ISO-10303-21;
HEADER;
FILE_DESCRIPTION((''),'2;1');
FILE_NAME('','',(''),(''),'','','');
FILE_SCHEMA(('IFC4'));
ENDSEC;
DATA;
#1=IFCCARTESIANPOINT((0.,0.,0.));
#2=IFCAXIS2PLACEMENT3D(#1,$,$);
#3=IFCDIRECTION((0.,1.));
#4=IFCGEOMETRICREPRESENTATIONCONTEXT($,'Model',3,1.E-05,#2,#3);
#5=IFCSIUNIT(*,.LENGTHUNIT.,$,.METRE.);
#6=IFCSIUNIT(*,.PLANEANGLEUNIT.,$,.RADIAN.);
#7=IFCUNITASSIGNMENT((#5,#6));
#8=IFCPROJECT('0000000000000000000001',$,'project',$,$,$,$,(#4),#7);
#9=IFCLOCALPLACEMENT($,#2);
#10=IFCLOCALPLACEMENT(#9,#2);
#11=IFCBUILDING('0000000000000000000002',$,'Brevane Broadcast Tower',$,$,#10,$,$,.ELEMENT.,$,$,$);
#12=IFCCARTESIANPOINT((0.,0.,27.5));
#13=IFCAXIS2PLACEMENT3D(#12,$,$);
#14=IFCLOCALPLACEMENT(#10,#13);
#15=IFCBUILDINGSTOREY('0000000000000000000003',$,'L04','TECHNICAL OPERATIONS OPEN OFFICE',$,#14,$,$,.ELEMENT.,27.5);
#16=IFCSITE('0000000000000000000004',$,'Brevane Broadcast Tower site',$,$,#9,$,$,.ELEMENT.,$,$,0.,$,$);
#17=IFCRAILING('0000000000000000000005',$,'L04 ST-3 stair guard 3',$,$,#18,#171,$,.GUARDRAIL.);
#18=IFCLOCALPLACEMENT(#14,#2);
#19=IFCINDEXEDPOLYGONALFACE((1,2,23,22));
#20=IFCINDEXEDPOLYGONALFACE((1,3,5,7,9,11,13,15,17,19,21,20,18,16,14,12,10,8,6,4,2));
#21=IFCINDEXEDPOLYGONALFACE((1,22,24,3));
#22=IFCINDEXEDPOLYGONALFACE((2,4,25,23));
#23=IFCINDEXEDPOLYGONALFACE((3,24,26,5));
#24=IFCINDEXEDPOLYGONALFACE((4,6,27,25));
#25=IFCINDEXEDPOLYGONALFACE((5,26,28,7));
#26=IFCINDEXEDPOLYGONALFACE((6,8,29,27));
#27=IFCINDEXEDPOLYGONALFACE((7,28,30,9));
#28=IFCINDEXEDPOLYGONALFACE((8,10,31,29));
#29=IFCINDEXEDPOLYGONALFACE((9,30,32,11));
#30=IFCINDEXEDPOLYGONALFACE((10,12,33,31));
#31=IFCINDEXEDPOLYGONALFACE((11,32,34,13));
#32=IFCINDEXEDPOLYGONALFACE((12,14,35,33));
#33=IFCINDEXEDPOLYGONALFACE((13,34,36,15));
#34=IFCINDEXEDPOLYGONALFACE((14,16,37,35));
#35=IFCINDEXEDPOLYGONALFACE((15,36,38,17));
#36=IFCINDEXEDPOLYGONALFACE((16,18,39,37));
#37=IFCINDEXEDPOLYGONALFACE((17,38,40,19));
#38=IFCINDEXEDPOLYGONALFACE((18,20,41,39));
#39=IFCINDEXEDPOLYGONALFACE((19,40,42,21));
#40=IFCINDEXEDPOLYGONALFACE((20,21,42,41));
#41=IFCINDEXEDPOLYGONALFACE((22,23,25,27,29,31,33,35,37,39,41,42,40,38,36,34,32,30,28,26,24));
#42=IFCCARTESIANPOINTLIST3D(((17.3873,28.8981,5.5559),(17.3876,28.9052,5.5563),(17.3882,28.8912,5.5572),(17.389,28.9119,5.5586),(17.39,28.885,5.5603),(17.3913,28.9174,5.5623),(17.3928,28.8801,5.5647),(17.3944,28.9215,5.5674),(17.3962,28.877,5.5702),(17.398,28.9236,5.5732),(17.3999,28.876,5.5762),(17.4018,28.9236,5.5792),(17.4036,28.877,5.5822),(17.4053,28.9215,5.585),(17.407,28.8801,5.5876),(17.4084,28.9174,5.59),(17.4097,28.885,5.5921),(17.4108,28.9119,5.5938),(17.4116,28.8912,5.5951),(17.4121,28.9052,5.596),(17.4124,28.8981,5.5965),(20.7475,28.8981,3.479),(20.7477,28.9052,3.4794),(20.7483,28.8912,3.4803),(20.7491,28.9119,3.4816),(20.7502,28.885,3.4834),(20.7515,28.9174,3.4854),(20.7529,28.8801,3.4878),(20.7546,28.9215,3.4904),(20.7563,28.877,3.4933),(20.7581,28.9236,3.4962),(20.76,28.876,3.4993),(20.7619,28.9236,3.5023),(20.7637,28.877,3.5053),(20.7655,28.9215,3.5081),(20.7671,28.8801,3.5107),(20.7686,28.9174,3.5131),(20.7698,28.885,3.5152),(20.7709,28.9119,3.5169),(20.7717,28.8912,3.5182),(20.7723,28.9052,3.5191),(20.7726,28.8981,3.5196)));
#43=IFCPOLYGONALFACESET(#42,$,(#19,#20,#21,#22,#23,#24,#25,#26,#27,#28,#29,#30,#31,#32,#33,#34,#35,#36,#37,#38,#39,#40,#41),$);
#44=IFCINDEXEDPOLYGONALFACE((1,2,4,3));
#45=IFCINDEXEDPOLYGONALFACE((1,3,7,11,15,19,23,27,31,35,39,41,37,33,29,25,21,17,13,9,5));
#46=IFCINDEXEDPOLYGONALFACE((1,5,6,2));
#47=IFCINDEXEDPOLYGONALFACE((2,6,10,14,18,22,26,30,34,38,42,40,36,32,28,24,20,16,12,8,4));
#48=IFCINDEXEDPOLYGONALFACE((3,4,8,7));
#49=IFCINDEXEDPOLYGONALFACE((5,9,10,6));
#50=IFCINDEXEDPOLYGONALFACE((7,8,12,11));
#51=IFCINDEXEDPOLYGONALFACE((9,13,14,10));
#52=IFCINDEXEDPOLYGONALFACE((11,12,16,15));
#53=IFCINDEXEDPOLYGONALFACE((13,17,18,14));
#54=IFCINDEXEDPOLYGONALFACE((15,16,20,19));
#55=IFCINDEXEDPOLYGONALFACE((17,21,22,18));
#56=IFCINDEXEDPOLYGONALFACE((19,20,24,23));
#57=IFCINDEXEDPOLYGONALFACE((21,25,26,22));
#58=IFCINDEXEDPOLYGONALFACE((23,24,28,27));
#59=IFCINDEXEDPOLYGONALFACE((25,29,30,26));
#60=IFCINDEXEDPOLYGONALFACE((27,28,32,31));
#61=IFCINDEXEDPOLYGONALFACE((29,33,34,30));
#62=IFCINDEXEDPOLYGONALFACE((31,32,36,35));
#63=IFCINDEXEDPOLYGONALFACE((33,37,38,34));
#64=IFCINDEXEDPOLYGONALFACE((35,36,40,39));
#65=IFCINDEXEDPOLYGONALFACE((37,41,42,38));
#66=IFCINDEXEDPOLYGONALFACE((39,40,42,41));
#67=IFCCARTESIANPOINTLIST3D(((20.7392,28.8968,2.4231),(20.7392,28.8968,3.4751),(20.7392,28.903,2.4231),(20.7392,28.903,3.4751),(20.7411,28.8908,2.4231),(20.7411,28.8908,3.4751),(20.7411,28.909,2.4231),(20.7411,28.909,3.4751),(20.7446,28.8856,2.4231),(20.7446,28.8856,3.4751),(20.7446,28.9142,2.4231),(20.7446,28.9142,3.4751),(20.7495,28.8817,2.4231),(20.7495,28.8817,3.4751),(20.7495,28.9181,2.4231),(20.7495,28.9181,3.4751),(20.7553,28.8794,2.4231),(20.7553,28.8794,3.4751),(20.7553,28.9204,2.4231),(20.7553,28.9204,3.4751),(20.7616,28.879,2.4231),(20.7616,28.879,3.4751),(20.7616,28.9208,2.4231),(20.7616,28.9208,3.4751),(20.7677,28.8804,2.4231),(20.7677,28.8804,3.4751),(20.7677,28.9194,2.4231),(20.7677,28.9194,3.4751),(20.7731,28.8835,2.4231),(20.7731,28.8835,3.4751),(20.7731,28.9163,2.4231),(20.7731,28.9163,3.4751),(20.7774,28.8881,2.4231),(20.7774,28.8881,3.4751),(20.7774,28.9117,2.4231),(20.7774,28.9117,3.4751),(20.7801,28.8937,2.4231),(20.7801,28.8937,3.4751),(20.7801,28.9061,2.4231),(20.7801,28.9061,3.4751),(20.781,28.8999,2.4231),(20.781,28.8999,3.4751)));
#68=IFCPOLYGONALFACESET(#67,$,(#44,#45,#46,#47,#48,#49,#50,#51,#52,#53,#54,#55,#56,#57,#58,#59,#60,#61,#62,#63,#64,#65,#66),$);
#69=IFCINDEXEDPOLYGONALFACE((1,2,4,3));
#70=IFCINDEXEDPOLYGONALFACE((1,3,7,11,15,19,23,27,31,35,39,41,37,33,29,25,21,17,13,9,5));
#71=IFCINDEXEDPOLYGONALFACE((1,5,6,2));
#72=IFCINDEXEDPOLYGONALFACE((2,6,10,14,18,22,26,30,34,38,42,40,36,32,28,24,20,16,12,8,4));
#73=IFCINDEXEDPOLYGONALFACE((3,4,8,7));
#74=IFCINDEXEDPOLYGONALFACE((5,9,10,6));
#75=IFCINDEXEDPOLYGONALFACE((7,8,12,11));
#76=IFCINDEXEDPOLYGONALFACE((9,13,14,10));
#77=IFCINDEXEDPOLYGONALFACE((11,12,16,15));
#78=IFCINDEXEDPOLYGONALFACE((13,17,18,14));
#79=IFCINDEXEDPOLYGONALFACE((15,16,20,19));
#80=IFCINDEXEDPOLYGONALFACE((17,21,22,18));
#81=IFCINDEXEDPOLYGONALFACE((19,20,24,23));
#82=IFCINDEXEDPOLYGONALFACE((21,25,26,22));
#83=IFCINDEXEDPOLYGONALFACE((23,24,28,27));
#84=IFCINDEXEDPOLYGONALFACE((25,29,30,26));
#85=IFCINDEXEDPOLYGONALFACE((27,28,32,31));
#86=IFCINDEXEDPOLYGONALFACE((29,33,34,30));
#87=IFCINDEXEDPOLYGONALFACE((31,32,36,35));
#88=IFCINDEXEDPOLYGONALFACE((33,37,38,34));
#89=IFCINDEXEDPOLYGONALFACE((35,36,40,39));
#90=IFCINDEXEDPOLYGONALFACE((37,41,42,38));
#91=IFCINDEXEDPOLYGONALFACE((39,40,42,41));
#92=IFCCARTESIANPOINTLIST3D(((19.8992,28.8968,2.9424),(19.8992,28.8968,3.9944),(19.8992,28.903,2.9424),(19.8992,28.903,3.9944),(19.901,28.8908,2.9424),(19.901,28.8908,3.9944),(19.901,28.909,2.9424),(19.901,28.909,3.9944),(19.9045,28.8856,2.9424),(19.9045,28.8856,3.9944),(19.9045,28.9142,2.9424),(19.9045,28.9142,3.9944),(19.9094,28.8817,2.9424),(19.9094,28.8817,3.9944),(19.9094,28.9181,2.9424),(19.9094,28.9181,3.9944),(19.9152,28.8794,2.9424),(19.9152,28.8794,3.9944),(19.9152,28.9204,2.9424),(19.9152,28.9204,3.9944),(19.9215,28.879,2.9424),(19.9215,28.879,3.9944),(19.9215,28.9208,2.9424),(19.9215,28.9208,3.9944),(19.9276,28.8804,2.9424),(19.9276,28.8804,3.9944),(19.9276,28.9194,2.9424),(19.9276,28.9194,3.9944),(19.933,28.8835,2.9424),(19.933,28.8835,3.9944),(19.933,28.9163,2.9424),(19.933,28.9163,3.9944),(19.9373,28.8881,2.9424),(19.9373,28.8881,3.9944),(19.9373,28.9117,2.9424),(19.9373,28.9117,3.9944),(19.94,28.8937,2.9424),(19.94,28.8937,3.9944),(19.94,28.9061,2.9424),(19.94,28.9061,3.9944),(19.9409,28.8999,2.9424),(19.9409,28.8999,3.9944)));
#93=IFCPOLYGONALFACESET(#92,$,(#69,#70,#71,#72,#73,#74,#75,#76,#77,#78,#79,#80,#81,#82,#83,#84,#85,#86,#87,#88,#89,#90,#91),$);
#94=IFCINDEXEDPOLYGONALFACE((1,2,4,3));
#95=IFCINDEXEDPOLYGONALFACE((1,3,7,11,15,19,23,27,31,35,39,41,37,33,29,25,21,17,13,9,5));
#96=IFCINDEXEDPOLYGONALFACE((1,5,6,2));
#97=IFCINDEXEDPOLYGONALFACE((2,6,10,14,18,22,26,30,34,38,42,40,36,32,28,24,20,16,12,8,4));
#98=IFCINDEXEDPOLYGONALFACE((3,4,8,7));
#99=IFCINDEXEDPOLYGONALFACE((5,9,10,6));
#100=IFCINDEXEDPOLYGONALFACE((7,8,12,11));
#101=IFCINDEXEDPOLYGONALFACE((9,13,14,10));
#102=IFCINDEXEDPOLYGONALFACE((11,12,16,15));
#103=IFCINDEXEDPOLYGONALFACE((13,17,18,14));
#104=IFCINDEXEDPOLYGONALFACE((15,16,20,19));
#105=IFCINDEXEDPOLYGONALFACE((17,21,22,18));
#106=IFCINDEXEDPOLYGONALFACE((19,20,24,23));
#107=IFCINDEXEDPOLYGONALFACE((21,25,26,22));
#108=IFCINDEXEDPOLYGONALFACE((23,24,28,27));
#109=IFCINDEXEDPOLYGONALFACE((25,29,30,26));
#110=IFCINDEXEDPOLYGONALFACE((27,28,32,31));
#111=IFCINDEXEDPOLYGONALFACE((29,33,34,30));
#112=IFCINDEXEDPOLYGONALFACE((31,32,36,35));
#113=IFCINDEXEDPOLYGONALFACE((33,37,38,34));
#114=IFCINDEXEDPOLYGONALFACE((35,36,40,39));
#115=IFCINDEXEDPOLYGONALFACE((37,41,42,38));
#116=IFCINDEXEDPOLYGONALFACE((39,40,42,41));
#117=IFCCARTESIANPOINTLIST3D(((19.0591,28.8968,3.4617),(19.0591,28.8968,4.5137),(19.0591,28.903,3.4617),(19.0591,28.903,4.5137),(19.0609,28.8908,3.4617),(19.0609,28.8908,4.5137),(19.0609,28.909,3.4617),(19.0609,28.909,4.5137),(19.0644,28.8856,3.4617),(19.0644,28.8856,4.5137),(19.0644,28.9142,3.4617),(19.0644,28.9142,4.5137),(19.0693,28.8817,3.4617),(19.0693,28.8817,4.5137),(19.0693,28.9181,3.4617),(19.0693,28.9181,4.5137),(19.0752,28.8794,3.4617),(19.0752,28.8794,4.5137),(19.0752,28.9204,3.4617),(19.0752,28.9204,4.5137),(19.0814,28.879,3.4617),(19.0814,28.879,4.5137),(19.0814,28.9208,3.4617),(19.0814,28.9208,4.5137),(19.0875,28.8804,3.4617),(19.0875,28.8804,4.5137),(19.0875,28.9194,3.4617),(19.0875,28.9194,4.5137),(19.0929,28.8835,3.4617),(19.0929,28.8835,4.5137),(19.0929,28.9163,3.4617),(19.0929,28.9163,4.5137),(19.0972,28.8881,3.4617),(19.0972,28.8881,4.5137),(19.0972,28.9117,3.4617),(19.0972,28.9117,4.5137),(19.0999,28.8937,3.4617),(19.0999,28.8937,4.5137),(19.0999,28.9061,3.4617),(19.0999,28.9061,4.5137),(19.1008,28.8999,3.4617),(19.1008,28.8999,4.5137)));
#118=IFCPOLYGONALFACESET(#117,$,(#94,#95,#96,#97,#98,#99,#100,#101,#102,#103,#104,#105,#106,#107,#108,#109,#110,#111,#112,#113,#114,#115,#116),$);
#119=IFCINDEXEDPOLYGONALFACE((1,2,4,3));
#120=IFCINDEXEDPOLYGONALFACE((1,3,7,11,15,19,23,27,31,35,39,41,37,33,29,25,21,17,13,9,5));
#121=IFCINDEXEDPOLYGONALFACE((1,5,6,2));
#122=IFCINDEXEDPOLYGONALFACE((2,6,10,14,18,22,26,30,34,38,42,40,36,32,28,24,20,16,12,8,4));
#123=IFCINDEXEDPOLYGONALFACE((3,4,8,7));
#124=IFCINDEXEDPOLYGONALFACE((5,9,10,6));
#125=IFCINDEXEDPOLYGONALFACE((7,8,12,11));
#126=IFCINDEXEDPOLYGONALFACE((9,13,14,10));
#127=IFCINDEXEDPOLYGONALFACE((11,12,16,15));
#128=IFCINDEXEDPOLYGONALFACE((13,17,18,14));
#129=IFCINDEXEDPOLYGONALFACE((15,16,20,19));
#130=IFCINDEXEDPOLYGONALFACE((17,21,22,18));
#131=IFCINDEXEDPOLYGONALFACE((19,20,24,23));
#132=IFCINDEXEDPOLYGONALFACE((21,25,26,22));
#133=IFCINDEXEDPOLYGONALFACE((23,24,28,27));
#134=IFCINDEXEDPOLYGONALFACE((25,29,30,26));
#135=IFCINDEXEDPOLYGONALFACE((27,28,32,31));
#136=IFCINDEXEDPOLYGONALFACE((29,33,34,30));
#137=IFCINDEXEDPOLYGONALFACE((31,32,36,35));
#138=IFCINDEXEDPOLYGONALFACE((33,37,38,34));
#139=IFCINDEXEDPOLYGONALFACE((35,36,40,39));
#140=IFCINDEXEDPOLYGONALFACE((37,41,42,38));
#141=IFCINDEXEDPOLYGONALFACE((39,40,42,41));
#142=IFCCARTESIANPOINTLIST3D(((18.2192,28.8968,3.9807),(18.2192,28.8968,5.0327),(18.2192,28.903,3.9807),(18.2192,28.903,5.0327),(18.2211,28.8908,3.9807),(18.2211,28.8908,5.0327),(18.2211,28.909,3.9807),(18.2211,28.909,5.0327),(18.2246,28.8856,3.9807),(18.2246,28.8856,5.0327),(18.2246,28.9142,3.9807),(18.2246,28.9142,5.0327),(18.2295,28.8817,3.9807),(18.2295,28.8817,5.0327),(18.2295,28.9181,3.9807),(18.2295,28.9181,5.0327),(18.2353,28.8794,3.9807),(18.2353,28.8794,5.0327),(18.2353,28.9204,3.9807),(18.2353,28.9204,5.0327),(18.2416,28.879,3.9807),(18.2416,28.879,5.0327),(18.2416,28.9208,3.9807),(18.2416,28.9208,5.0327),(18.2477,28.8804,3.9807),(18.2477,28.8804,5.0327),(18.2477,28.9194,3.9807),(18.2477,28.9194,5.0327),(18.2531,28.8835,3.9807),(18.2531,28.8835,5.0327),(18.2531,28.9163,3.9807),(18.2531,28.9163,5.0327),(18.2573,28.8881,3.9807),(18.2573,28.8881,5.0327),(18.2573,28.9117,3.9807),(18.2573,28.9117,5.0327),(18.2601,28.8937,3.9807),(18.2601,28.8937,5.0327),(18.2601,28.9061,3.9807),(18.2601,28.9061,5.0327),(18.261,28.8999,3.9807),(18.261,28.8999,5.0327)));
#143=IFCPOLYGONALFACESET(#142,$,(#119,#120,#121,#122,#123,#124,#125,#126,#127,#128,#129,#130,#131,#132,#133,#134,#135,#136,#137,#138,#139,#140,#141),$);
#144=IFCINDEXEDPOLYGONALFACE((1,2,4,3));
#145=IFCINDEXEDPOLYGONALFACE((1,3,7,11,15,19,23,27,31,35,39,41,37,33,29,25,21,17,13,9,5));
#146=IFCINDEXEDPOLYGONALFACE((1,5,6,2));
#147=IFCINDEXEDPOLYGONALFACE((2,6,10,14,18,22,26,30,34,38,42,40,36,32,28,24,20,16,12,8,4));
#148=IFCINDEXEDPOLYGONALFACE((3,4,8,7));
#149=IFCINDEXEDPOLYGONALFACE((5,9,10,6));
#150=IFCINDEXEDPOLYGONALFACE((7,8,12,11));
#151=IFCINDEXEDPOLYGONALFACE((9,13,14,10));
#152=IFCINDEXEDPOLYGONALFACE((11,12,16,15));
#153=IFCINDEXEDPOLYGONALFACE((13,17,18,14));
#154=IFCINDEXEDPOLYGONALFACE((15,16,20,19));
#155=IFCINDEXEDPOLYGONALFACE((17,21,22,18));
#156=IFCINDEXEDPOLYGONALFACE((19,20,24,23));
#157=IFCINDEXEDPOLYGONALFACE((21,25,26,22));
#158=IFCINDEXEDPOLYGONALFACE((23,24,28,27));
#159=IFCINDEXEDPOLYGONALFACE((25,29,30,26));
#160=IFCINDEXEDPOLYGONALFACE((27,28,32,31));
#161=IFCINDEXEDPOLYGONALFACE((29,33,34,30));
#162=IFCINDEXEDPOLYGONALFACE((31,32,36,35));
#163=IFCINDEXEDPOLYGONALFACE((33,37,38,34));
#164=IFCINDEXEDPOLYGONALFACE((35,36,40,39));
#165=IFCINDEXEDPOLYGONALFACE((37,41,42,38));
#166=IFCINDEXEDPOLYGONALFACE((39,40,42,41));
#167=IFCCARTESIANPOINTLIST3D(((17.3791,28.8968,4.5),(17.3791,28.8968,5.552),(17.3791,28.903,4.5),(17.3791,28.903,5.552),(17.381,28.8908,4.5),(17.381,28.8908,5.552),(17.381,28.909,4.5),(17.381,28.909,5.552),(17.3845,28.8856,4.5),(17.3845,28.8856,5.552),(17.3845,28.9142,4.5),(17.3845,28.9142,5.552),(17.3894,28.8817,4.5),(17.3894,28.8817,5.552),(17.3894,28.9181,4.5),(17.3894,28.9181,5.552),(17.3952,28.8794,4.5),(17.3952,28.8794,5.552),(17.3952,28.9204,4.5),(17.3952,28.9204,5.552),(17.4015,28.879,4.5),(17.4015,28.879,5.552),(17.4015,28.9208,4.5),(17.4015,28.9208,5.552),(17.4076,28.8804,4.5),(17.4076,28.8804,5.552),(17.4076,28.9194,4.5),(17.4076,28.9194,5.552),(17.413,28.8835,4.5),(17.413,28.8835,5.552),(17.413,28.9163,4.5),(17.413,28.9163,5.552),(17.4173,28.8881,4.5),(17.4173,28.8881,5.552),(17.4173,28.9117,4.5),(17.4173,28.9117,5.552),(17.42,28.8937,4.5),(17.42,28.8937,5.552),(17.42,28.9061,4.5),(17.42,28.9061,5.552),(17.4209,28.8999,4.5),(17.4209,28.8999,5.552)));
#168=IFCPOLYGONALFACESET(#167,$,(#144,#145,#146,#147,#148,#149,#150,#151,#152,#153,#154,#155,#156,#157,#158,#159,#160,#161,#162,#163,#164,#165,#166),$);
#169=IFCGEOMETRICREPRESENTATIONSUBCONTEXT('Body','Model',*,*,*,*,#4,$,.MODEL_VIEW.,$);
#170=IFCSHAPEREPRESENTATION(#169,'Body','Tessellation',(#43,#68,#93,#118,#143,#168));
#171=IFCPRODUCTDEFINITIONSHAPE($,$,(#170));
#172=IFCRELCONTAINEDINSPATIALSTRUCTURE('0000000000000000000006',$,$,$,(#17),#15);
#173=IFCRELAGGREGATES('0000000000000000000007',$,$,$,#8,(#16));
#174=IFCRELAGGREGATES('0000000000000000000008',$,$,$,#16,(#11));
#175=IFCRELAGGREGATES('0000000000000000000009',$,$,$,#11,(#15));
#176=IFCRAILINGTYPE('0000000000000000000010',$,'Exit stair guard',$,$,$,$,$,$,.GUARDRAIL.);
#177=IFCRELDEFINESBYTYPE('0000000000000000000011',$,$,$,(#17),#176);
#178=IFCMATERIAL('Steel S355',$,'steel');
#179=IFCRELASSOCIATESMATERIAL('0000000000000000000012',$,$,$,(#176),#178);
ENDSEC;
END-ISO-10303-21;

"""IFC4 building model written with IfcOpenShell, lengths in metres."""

from ifc_helpers import new_model, si_unit, direction, frame, origin, origin_2d, place, context, subcontext, project, spatial, circle, extrude, material, type_object, element, save


model = new_model("IFC4")

# Units and contexts
model_context = context("Model", 3, precision=1e-05, world=origin(), true_north=direction((0.0, 1.0)))
body_context = subcontext(model_context, "Body", "Model", "MODEL_VIEW")
ifc_project = project(units=[si_unit("LENGTHUNIT", "METRE"), si_unit("PLANEANGLEUNIT", "RADIAN")], contexts=[model_context])

# Site, building, storey
site_placement = place(None, origin())
site = spatial("IfcSite", under=ifc_project, at=site_placement, Name="Brevane Broadcast Tower site", CompositionType="ELEMENT", RefElevation=0.0)
building_placement = place(site_placement, origin())
building = spatial("IfcBuilding", under=site, at=building_placement, Name="Brevane Broadcast Tower", CompositionType="ELEMENT")
storey_placement = place(building_placement, frame((0.0, 0.0, 27.5)))
storey = spatial("IfcBuildingStorey", under=building, at=storey_placement, Name="L04", Description="TECHNICAL OPERATIONS OPEN OFFICE", CompositionType="ELEMENT", Elevation=27.5)

# Railing
ifc_material_1 = material(Name="Steel S355", Category="steel")
railing_type_1 = type_object("IfcRailingType", Name="Exit stair guard", PredefinedType="GUARDRAIL", material=ifc_material_1)
railing_1_placement = place(storey_placement, frame((20.76, 28.8999, 2.4231)))
element("IfcRailing", 1, at=railing_1_placement, inside=storey, type_object=railing_type_1, Name="L04 ST-3 stair guard 3", PredefinedType="GUARDRAIL", context=body_context, shape_type="SweptSolid", body=[
    extrude(circle(Radius=0.0239, at=origin_2d()), frame((0.0, 0.0, 1.0762), z_axis=(-0.850623, 0.0, 0.525776), x_axis=(0.0, -1.0, 0.0)), (0.0, 0.0, 1.0), 3.9502),
    extrude(circle(Radius=0.021, at=origin_2d()), origin(), (0.0, 0.0, 1.0), 1.052),
    extrude(circle(Radius=0.021, at=origin_2d()), frame((-0.8401, 0.0, 0.5193)), (0.0, 0.0, 1.0), 1.052),
    extrude(circle(Radius=0.021, at=origin_2d()), frame((-1.6802, 0.0, 1.0386)), (0.0, 0.0, 1.0), 1.052),
    extrude(circle(Radius=0.021, at=origin_2d()), frame((-2.52, 0.0, 1.5576)), (0.0, 0.0, 1.0), 1.052),
    extrude(circle(Radius=0.021, at=origin_2d()), frame((-3.3601, 0.0, 2.0769)), (0.0, 0.0, 1.0), 1.052),
])

save(model, "model.ifc")
